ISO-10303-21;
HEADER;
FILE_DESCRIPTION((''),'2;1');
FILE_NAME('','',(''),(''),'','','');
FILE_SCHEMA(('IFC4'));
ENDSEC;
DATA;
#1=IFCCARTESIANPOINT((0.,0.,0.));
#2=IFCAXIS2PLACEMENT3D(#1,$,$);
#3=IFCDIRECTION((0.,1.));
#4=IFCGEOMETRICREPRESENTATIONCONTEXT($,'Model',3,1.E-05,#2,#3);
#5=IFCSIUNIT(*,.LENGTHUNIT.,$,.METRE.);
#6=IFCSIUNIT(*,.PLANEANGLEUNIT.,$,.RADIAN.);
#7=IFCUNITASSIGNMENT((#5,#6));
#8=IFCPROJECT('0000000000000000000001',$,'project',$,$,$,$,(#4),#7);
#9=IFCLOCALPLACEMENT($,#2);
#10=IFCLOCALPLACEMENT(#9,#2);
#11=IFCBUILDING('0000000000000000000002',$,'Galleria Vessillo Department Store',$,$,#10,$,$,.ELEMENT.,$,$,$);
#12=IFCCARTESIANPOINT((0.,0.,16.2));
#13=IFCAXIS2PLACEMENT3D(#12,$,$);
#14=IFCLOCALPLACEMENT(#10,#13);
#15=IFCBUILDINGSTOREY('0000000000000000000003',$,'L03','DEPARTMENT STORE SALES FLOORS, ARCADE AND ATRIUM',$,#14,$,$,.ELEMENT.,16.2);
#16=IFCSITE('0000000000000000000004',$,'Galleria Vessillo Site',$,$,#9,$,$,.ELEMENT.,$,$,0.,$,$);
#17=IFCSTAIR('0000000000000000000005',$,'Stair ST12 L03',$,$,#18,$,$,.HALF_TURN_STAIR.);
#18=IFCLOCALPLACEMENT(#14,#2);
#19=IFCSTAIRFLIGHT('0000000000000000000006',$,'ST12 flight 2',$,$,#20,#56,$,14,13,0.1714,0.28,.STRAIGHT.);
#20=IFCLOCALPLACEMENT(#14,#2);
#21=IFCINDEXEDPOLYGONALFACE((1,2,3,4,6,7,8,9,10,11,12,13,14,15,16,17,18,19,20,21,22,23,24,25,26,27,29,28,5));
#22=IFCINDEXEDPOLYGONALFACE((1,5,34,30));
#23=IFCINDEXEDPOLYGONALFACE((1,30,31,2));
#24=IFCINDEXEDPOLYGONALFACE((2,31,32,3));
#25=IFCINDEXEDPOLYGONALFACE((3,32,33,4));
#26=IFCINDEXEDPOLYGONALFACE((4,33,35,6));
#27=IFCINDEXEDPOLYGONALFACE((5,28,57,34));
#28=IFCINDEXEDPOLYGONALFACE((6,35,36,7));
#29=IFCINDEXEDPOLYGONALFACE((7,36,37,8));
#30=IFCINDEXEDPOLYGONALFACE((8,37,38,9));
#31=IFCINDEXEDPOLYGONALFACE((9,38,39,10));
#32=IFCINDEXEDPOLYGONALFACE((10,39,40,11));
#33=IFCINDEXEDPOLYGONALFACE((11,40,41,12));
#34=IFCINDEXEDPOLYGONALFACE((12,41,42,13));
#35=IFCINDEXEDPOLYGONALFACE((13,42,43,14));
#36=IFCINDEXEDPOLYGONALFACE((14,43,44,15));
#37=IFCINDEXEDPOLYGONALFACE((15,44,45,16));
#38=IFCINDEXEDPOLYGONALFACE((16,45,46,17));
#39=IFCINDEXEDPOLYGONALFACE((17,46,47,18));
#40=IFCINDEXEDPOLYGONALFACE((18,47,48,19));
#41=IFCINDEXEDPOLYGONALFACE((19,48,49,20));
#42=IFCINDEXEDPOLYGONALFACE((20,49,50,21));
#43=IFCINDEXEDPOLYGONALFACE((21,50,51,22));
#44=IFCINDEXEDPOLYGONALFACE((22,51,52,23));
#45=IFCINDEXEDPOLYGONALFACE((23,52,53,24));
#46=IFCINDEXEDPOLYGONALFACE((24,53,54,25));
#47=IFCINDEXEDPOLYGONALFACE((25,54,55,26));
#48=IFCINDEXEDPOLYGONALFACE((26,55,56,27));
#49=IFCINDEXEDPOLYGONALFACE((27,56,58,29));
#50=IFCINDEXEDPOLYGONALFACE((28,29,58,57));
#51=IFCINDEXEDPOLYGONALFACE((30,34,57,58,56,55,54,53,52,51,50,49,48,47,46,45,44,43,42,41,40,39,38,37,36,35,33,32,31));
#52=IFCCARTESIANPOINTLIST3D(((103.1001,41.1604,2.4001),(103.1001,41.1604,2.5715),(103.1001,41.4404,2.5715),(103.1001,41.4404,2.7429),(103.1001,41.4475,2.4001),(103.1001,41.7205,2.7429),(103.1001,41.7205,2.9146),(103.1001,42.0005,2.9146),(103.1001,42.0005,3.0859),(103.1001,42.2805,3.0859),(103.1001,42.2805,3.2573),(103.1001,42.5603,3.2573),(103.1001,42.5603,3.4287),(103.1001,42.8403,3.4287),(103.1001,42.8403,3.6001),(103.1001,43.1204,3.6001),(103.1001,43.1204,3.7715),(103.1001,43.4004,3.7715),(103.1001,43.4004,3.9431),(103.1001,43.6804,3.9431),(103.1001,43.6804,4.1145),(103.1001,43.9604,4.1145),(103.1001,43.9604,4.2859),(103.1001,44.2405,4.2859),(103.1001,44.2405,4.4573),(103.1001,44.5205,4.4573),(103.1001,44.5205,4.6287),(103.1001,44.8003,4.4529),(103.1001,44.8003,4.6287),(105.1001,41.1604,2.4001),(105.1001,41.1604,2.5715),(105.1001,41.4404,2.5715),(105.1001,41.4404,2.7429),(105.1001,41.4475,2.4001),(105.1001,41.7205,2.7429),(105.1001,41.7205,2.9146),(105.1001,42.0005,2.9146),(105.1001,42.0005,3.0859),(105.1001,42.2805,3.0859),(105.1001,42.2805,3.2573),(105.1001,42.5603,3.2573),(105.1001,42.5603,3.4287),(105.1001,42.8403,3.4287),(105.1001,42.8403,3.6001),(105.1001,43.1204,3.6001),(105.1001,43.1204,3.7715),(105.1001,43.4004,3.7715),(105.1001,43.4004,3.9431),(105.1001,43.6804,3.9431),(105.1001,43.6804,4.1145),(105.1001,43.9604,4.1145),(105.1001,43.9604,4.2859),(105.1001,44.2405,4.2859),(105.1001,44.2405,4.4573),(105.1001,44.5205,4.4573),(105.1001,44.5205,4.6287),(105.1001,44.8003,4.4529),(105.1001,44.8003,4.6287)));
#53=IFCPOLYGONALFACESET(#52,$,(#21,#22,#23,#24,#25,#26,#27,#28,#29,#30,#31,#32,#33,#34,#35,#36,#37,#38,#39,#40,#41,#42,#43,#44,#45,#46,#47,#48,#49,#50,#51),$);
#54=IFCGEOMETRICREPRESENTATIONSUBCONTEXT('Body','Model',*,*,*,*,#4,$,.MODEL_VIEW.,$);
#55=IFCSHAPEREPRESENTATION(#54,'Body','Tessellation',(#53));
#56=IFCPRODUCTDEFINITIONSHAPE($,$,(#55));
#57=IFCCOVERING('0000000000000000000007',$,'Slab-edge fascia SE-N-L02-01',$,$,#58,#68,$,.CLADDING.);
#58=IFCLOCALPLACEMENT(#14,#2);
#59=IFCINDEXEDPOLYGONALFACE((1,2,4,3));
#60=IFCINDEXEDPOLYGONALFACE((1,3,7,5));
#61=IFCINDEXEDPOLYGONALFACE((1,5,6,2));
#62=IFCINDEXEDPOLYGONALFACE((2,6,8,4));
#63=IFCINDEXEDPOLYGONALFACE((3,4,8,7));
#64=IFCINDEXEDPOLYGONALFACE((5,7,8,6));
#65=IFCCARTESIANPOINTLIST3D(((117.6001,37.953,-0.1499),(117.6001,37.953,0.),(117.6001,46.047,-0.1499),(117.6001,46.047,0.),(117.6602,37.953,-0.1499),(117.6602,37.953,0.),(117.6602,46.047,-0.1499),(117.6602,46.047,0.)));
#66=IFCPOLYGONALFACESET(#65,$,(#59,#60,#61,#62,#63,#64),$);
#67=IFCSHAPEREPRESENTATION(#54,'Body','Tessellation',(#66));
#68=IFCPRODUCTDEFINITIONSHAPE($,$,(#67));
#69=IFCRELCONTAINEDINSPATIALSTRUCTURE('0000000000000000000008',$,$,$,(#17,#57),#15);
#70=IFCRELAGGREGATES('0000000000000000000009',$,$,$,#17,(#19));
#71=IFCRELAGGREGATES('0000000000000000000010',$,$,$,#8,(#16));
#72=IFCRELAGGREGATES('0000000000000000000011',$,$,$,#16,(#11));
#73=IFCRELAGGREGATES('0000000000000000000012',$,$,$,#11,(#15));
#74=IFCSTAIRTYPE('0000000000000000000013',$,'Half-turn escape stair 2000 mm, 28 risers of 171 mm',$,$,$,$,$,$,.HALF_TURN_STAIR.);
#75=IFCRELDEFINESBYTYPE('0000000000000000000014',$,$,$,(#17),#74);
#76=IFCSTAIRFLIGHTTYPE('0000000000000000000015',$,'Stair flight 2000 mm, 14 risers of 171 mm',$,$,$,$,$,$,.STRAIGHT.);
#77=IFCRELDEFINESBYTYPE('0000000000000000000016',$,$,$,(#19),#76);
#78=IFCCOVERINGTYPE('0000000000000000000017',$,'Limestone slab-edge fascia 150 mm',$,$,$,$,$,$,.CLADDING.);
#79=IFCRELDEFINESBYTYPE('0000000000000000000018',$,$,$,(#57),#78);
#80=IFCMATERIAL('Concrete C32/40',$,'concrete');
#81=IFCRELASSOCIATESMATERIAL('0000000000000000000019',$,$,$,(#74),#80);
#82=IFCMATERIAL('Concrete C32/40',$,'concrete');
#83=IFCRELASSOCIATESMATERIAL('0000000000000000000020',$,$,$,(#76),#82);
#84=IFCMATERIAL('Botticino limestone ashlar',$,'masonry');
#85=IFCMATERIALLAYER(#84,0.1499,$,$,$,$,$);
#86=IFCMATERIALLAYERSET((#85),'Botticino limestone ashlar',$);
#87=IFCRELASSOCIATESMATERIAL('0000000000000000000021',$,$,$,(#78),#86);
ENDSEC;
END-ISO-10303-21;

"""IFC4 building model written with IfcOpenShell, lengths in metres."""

from ifc_helpers import new_model, si_unit, direction, frame, origin, origin_2d, place, context, subcontext, project, spatial, polyline, rectangle, outline, extrude, material, layer, layer_set, type_object, element, aggregate, save


model = new_model("IFC4")

# Units and contexts
model_context = context("Model", 3, precision=1e-05, world=origin(), true_north=direction((0.0, 1.0)))
body_context = subcontext(model_context, "Body", "Model", "MODEL_VIEW")
ifc_project = project(units=[si_unit("LENGTHUNIT", "METRE"), si_unit("PLANEANGLEUNIT", "RADIAN")], contexts=[model_context])

# Site, building, storey
site_placement = place(None, origin())
site = spatial("IfcSite", under=ifc_project, at=site_placement, Name="Galleria Vessillo Site", CompositionType="ELEMENT", RefElevation=0.0)
building_placement = place(site_placement, origin())
building = spatial("IfcBuilding", under=site, at=building_placement, Name="Galleria Vessillo Department Store", CompositionType="ELEMENT")
storey_placement = place(building_placement, frame((0.0, 0.0, 16.2)))
storey = spatial("IfcBuildingStorey", under=building, at=storey_placement, Name="L03", Description="DEPARTMENT STORE SALES FLOORS, ARCADE AND ATRIUM", CompositionType="ELEMENT", Elevation=16.2)

# Stair, stair flight
ifc_material_1 = material(Name="Concrete C32/40", Category="concrete")
stair_type = type_object("IfcStairType", Name="Half-turn escape stair 2000 mm, 28 risers of 171 mm", PredefinedType="HALF_TURN_STAIR", material=ifc_material_1)
stair_placement = place(storey_placement, origin())
stair = element("IfcStair", 1, at=stair_placement, inside=storey, type_object=stair_type, Name="Stair ST12 L03", PredefinedType="HALF_TURN_STAIR")
ifc_material_2 = material(Name="Concrete C32/40", Category="concrete")
stair_flight_type = type_object("IfcStairFlightType", Name="Stair flight 2000 mm, 14 risers of 171 mm", PredefinedType="STRAIGHT", material=ifc_material_2)
stair_flight_placement = place(storey_placement, frame((104.1001, 41.1604, 2.4001), z_axis=(0.0, 0.0, 1.0), x_axis=(0.0, 1.0, 0.0)))
stair_flight = element("IfcStairFlight", 2, at=stair_flight_placement, type_object=stair_flight_type, Name="ST12 flight 2", NumberOfRisers=14, NumberOfTreads=13, PredefinedType="STRAIGHT", RiserHeight=0.1714, TreadLength=0.28, context=body_context, shape_type="SweptSolid", body=[
    extrude(outline(polyline([(0.0, 0.0), (0.0, 0.1714), (0.28, 0.1714), (0.28, 0.3428), (0.5601, 0.3428), (0.5601, 0.5144), (0.8401, 0.5144), (0.8401, 0.6858), (1.1201, 0.6858), (1.1201, 0.8572), (1.3999, 0.8572), (1.3999, 1.0286), (1.6799, 1.0286), (1.6799, 1.2), (1.96, 1.2), (1.96, 1.3713), (2.24, 1.3713), (2.24, 1.543), (2.52, 1.543), (2.52, 1.7144), (2.8, 1.7144), (2.8, 1.8857), (3.0801, 1.8857), (3.0801, 2.0571), (3.3601, 2.0571), (3.3601, 2.2285), (3.6399, 2.2285), (3.6399, 2.3999), (3.6399, 2.0527), (0.2871, 0.0), (0.0, 0.0)])), frame((0.0, 1.0, 0.0), z_axis=(0.0, -1.0, 0.0), x_axis=(1.0, 0.0, 0.0)), (0.0, 0.0, 1.0), 2.0),
])
aggregate(stair, [stair_flight])

# Covering
ifc_material_3 = material(Name="Botticino limestone ashlar", Category="masonry")
ifc_layer_1 = layer(ifc_material_3, 0.1499)
ifc_layer_set_1 = layer_set([ifc_layer_1], Name="Botticino limestone ashlar")
covering_type = type_object("IfcCoveringType", Name="Limestone slab-edge fascia 150 mm", PredefinedType="CLADDING", material=ifc_layer_set_1)
covering_placement = place(storey_placement, frame((117.6301, 42.0, -0.1499), z_axis=(0.0, 0.0, 1.0), x_axis=(1.0, 0.0, 0.0)))
element("IfcCovering", 3, at=covering_placement, inside=storey, type_object=covering_type, Name="Slab-edge fascia SE-N-L02-01", PredefinedType="CLADDING", context=body_context, shape_type="SweptSolid", body=[
    extrude(rectangle(XDim=0.0601, YDim=8.094, at=origin_2d()), origin(), (0.0, 0.0, 1.0), 0.1499),
])

save(model, "model.ifc")
